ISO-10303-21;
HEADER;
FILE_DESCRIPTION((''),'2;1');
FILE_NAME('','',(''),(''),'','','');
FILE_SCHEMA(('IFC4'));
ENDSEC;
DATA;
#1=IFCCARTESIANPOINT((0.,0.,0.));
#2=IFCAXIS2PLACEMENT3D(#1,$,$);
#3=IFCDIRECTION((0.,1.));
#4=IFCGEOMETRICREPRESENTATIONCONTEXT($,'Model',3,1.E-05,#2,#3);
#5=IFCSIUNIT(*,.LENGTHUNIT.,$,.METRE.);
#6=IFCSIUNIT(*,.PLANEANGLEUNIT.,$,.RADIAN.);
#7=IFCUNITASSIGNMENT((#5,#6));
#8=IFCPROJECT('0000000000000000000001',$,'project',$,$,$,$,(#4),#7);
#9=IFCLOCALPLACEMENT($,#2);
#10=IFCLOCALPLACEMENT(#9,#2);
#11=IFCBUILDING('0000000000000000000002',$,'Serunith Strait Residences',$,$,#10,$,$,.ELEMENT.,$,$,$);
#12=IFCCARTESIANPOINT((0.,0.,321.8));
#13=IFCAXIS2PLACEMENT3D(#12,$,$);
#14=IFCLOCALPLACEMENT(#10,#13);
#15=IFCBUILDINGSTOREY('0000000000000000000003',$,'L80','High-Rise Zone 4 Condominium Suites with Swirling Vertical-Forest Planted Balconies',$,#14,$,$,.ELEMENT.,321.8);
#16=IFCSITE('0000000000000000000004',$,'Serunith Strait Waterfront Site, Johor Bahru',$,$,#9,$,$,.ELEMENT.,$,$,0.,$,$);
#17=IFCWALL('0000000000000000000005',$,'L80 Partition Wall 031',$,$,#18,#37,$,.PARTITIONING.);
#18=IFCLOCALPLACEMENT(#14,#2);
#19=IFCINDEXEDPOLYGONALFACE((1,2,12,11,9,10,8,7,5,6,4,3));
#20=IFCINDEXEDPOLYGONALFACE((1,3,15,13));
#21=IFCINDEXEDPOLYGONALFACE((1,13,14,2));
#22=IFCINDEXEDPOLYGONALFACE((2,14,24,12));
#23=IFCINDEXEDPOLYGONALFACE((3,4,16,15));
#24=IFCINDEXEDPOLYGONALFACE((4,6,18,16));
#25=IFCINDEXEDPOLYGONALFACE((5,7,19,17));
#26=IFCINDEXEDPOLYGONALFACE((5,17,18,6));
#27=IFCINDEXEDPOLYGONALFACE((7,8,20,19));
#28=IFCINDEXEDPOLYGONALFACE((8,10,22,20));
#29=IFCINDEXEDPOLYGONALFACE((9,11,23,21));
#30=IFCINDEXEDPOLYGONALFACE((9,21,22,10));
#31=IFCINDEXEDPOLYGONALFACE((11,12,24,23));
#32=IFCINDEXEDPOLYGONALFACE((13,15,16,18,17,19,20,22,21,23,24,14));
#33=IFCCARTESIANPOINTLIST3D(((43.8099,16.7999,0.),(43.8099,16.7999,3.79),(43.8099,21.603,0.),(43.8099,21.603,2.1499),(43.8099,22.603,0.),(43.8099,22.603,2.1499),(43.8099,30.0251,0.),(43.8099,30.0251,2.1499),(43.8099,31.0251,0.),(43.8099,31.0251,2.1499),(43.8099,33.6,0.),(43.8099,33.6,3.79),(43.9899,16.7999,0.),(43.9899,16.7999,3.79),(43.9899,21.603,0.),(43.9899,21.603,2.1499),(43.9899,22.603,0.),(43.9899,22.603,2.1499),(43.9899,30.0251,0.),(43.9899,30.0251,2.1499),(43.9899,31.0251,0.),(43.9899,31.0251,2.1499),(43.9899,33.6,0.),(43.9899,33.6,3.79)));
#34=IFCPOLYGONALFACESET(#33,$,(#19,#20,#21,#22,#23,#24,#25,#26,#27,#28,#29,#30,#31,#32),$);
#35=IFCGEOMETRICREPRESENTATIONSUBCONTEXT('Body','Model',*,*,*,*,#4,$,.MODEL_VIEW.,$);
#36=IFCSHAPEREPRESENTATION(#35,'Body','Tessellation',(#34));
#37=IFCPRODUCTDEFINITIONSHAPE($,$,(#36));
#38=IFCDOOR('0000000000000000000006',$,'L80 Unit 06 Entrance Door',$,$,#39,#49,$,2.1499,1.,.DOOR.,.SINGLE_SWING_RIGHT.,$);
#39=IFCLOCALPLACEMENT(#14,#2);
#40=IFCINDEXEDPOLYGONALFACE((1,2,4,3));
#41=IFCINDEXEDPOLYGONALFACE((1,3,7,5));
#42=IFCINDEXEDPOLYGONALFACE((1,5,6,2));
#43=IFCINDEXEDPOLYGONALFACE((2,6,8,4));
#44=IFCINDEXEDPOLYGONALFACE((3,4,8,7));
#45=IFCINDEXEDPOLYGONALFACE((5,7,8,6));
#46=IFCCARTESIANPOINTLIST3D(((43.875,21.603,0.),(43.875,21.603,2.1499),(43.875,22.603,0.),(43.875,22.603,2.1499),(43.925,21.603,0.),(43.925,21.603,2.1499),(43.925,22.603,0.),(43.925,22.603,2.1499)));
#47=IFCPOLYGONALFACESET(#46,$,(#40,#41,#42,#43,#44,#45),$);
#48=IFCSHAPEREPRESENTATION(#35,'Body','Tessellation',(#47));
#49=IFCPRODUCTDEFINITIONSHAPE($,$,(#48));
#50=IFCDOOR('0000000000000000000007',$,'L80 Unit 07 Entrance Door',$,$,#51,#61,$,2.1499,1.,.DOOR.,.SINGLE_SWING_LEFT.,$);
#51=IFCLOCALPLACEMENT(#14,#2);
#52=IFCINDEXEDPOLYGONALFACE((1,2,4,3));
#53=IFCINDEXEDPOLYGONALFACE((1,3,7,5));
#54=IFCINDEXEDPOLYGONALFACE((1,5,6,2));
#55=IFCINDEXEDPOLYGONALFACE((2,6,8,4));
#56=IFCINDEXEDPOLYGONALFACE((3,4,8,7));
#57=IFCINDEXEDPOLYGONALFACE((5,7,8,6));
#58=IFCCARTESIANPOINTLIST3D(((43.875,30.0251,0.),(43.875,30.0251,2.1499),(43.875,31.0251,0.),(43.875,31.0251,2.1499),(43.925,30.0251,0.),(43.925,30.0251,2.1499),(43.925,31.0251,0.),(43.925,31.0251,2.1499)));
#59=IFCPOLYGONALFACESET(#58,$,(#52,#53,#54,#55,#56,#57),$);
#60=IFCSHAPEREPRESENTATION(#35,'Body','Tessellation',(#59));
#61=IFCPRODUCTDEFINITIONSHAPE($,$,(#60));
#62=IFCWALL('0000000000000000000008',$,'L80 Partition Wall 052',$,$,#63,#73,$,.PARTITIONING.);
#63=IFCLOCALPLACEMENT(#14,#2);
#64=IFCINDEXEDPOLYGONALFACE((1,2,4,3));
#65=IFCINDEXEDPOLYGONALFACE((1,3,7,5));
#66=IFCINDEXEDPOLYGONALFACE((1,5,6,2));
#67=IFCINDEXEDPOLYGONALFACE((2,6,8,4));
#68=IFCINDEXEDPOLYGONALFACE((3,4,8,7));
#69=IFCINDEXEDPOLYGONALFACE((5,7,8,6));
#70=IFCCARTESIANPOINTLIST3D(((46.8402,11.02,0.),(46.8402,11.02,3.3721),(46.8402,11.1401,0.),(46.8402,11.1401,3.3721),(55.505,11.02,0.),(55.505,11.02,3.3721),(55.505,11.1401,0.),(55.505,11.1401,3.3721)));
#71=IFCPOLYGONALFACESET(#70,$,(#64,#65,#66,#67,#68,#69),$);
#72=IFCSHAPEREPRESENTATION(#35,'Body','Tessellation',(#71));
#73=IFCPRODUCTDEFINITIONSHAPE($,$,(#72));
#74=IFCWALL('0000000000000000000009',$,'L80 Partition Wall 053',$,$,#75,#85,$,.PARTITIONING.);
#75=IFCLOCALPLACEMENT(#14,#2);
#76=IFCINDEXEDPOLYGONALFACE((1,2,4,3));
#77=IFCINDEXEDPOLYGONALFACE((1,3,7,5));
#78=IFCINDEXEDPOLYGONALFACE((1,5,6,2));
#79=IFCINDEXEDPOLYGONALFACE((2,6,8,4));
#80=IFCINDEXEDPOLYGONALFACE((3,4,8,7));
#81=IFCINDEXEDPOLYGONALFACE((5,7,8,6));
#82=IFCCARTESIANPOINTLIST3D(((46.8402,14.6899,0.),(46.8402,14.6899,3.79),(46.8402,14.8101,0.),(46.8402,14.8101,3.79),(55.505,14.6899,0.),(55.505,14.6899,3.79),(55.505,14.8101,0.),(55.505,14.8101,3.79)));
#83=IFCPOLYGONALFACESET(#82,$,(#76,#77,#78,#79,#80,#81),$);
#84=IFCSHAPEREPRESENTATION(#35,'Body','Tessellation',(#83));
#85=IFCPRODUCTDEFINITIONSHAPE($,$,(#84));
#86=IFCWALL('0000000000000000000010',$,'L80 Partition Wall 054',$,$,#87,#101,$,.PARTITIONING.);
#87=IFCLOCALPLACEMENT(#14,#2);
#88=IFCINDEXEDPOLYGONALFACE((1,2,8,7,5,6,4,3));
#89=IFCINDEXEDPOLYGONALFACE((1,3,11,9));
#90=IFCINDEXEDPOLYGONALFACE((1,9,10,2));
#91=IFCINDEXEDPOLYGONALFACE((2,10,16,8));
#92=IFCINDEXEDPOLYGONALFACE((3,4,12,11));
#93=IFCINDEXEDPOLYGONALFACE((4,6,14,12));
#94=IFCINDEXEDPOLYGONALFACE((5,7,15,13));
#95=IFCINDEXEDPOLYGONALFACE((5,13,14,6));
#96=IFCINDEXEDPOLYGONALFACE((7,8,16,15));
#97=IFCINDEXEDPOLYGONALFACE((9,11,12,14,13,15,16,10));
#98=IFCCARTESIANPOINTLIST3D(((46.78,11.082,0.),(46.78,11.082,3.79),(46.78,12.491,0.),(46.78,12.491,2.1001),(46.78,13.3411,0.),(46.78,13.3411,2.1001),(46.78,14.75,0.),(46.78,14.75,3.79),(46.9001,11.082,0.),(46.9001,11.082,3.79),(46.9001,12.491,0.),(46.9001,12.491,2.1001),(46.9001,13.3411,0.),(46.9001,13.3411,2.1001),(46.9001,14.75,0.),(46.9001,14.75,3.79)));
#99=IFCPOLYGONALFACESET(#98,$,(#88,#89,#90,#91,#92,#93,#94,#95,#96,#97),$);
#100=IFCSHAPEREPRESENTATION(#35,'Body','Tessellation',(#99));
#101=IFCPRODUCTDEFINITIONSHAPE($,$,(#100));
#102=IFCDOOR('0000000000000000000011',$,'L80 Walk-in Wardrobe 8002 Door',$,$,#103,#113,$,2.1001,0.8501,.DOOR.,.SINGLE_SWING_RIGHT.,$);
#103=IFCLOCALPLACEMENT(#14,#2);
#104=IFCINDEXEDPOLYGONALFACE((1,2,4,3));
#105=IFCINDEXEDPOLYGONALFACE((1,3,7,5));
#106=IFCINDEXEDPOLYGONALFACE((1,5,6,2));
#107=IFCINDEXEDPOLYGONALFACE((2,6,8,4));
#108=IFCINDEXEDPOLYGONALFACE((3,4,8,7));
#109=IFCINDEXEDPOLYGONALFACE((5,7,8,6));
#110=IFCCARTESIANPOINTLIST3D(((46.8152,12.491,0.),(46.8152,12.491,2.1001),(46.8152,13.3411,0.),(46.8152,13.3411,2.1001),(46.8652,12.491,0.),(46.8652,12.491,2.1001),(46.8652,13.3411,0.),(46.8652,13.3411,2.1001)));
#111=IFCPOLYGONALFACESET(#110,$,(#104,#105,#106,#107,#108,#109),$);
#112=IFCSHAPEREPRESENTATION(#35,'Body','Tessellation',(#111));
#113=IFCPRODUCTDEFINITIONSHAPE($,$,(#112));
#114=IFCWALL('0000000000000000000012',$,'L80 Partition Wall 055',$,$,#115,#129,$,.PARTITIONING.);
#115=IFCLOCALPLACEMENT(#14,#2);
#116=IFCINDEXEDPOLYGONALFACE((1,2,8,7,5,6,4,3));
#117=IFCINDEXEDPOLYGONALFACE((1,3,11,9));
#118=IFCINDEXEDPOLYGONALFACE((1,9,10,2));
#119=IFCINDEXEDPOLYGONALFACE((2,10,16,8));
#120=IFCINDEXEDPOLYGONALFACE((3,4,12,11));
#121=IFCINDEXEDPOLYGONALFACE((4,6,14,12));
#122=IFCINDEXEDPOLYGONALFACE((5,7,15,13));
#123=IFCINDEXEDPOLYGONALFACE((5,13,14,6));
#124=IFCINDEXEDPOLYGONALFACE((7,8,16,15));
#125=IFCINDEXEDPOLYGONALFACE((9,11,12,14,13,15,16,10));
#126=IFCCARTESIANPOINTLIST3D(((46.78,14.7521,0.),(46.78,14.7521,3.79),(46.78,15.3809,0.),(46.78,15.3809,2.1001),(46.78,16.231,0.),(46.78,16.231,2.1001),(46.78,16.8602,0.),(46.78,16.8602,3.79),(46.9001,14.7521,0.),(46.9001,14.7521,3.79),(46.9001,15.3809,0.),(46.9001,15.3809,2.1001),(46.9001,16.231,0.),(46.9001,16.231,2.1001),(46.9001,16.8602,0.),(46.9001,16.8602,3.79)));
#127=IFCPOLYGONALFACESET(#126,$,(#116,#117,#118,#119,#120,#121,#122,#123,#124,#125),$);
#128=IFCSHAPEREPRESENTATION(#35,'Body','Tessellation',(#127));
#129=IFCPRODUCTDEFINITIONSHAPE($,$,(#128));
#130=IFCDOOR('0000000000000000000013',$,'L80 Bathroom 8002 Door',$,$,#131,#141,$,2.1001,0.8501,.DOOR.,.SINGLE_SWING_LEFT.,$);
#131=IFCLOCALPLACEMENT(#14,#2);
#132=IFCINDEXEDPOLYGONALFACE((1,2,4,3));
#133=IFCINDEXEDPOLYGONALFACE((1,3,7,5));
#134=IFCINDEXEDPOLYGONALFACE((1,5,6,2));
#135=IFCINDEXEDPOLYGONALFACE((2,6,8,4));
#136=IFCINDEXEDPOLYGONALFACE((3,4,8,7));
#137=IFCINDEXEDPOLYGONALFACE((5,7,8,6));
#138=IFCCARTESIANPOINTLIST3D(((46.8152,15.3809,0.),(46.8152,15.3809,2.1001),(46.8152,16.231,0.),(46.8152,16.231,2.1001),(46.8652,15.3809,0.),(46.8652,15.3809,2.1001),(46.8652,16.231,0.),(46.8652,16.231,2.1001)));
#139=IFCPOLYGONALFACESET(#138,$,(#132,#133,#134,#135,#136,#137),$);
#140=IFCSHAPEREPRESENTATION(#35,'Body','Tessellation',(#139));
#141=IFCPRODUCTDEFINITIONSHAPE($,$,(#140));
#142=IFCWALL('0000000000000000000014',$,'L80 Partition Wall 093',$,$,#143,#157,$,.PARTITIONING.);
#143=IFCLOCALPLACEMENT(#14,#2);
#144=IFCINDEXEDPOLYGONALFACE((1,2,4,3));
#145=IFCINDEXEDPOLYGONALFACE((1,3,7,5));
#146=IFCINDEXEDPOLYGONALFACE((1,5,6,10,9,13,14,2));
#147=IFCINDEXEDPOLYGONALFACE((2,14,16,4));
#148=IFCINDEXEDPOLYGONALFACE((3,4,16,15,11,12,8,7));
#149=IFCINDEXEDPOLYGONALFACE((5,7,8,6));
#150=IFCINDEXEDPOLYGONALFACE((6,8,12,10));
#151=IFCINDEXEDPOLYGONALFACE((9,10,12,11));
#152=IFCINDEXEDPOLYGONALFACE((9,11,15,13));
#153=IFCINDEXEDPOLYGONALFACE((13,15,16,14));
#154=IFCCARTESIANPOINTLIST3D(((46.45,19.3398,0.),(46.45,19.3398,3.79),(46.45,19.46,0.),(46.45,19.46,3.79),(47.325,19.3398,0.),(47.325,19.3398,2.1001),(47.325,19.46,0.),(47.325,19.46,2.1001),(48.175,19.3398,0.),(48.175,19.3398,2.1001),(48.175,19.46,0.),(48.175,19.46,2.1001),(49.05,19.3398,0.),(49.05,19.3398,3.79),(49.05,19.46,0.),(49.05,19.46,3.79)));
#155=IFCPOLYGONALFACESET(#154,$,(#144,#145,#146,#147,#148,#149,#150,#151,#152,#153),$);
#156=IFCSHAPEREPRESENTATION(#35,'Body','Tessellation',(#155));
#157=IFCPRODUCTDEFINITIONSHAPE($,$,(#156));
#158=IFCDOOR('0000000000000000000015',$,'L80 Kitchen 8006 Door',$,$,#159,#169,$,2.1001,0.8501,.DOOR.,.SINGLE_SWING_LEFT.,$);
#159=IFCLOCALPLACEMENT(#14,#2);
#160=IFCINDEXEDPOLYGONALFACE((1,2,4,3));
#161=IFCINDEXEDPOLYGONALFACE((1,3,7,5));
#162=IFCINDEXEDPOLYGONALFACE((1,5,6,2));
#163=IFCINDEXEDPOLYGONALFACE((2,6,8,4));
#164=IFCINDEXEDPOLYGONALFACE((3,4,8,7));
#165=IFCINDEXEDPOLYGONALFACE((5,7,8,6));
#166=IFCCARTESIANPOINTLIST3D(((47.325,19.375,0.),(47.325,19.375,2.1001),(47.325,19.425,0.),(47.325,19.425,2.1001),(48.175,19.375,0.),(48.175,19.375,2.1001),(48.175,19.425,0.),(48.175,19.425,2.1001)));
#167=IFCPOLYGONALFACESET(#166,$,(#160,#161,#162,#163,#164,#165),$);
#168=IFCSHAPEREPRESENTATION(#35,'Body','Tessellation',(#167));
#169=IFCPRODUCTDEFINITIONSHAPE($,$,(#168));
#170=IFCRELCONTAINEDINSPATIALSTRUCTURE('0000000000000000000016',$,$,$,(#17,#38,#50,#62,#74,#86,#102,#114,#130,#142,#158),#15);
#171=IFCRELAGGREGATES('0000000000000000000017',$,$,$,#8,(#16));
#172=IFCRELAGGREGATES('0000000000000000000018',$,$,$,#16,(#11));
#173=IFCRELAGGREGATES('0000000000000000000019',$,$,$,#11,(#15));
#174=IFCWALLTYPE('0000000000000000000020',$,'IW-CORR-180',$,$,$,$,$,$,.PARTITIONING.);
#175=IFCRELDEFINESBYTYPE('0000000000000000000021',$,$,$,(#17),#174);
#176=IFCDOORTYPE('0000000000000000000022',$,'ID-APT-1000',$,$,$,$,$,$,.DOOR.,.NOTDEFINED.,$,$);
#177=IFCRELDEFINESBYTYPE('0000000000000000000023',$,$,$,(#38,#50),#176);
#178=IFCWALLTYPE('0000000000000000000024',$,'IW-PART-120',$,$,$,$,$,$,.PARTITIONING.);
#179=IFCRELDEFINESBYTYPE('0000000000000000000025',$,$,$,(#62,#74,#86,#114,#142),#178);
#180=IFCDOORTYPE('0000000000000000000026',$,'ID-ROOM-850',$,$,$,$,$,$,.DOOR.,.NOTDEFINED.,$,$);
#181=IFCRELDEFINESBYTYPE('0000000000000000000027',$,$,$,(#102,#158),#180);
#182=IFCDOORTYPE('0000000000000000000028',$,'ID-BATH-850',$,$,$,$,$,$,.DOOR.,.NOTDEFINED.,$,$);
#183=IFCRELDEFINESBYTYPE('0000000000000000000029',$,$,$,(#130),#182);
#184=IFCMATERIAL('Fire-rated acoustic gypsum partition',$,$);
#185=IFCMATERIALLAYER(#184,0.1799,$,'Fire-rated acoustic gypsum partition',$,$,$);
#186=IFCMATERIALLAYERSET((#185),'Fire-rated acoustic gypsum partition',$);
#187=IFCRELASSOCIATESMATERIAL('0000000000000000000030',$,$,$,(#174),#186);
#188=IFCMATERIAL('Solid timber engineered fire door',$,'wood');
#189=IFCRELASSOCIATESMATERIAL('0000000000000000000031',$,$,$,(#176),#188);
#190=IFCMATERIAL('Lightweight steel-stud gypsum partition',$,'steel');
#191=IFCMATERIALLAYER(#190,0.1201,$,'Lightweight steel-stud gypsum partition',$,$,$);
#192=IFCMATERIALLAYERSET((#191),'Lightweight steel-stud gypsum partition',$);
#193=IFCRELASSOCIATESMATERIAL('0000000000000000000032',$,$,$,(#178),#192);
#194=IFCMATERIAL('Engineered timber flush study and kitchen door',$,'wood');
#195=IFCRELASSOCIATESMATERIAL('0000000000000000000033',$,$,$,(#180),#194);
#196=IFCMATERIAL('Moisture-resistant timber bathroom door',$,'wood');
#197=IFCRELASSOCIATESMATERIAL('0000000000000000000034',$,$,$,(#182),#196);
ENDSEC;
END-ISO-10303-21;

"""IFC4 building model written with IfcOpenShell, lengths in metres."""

from ifc_helpers import new_model, si_unit, direction, frame, frame_2d, origin, place, context, subcontext, project, spatial, rectangle, extrude, source, transform, mapped, material, layer, layer_set, type_object, element, fill, save


model = new_model("IFC4")

# Units and contexts
model_context = context("Model", 3, precision=1e-05, world=origin(), true_north=direction((0.0, 1.0)))
body_context = subcontext(model_context, "Body", "Model", "MODEL_VIEW")
ifc_project = project(units=[si_unit("LENGTHUNIT", "METRE"), si_unit("PLANEANGLEUNIT", "RADIAN")], contexts=[model_context])

# Site, building, storey
site_placement = place(None, origin())
site = spatial("IfcSite", under=ifc_project, at=site_placement, Name="Serunith Strait Waterfront Site, Johor Bahru", CompositionType="ELEMENT", RefElevation=0.0)
building_placement = place(site_placement, origin())
building = spatial("IfcBuilding", under=site, at=building_placement, Name="Serunith Strait Residences", CompositionType="ELEMENT")
storey_placement = place(building_placement, frame((0.0, 0.0, 321.8)))
storey = spatial("IfcBuildingStorey", under=building, at=storey_placement, Name="L80", Description="High-Rise Zone 4 Condominium Suites with Swirling Vertical-Forest Planted Balconies", CompositionType="ELEMENT", Elevation=321.8)

# Wall, openings, doors
ifc_material_1 = material(Name="Fire-rated acoustic gypsum partition")
ifc_layer_1 = layer(ifc_material_1, 0.1799, Name="Fire-rated acoustic gypsum partition")
ifc_layer_set_1 = layer_set([ifc_layer_1], Name="Fire-rated acoustic gypsum partition")
wall_type_1 = type_object("IfcWallType", Name="IW-CORR-180", PredefinedType="PARTITIONING", material=ifc_layer_set_1)
wall_1_placement = place(storey_placement, frame((43.8999, 16.8, 0.0), z_axis=(0.0, 0.0, 1.0), x_axis=(0.0, 1.0, 0.0)))
wall_1 = element("IfcWall", 1, at=wall_1_placement, inside=storey, type_object=wall_type_1, Name="L80 Partition Wall 031", PredefinedType="PARTITIONING", context=body_context, shape_type="SweptSolid", body=[
    extrude(rectangle(XDim=16.8, YDim=0.1799, at=frame_2d((8.3999, 0.0))), origin(), (0.0, 0.0, 1.0), 3.79),
])
opening_1_placement = place(wall_1_placement, frame((4.803, 0.0, 0.0)))
opening_1 = element("IfcOpeningElement", 2, at=opening_1_placement, cuts=wall_1, PredefinedType="OPENING", context=body_context, shape_type="SweptSolid", body=[
    extrude(rectangle(XDim=1.0, YDim=2.1499, at=frame_2d((0.5, 1.075))), frame((0.0, 0.1001, 0.0), z_axis=(0.0, -1.0, 0.0), x_axis=(1.0, 0.0, 0.0)), (0.0, 0.0, 1.0), 0.2),
])
opening_2_placement = place(wall_1_placement, frame((13.2251, 0.0, 0.0)))
opening_2 = element("IfcOpeningElement", 3, at=opening_2_placement, cuts=wall_1, PredefinedType="OPENING", context=body_context, shape_type="SweptSolid", body=[
    extrude(rectangle(XDim=1.0, YDim=2.1499, at=frame_2d((0.5, 1.075))), frame((0.0, 0.1001, 0.0), z_axis=(0.0, -1.0, 0.0), x_axis=(1.0, 0.0, 0.0)), (0.0, 0.0, 1.0), 0.2),
])
ifc_material_2 = material(Name="Solid timber engineered fire door", Category="wood")
door_type_1 = type_object("IfcDoorType", Name="ID-APT-1000", OperationType="NOTDEFINED", PredefinedType="DOOR", material=ifc_material_2)
shared_shape_1 = source(origin(), body_context, "Body", "SweptSolid", [
    extrude(rectangle(XDim=1.0, YDim=2.1499, at=frame_2d((0.5, 1.075))), frame((0.0, 0.0249, 0.0), z_axis=(0.0, -1.0, 0.0), x_axis=(1.0, 0.0, 0.0)), (0.0, 0.0, 1.0), 0.05),
])
door_1_placement = place(opening_1_placement, origin())
door_1 = element("IfcDoor", 4, at=door_1_placement, inside=storey, type_object=door_type_1, Name="L80 Unit 06 Entrance Door", OperationType="SINGLE_SWING_RIGHT", OverallHeight=2.1499, OverallWidth=1.0, PredefinedType="DOOR", context=body_context, shape_type="MappedRepresentation", body=[
    mapped(shared_shape_1, transform((0.0, 0.0, 0.0), scale=1.0)),
])
fill(opening_1, door_1)
door_2_placement = place(opening_2_placement, origin())
door_2 = element("IfcDoor", 5, at=door_2_placement, inside=storey, type_object=door_type_1, Name="L80 Unit 07 Entrance Door", OperationType="SINGLE_SWING_LEFT", OverallHeight=2.1499, OverallWidth=1.0, PredefinedType="DOOR", context=body_context, shape_type="MappedRepresentation", body=[
    mapped(shared_shape_1, transform((0.0, 0.0, 0.0), scale=1.0)),
])
fill(opening_2, door_2)

# Walls
ifc_material_3 = material(Name="Lightweight steel-stud gypsum partition", Category="steel")
ifc_layer_2 = layer(ifc_material_3, 0.1201, Name="Lightweight steel-stud gypsum partition")
ifc_layer_set_2 = layer_set([ifc_layer_2], Name="Lightweight steel-stud gypsum partition")
wall_type_2 = type_object("IfcWallType", Name="IW-PART-120", PredefinedType="PARTITIONING", material=ifc_layer_set_2)
wall_2_placement = place(storey_placement, frame((46.8401, 11.0801, 0.0), z_axis=(0.0, 0.0, 1.0), x_axis=(1.0, 0.0, 0.0)))
element("IfcWall", 6, at=wall_2_placement, inside=storey, type_object=wall_type_2, Name="L80 Partition Wall 052", PredefinedType="PARTITIONING", context=body_context, shape_type="SweptSolid", body=[
    extrude(rectangle(XDim=8.6648, YDim=0.1201, at=frame_2d((4.3325, 0.0))), origin(), (0.0, 0.0, 1.0), 3.3721),
])
wall_3_placement = place(storey_placement, frame((46.8401, 14.75, 0.0), z_axis=(0.0, 0.0, 1.0), x_axis=(1.0, 0.0, 0.0)))
element("IfcWall", 7, at=wall_3_placement, inside=storey, type_object=wall_type_2, Name="L80 Partition Wall 053", PredefinedType="PARTITIONING", context=body_context, shape_type="SweptSolid", body=[
    extrude(rectangle(XDim=8.6648, YDim=0.1201, at=frame_2d((4.3325, 0.0))), origin(), (0.0, 0.0, 1.0), 3.79),
])

# Walls, openings, doors
wall_4_placement = place(storey_placement, frame((46.8401, 11.082, 0.0), z_axis=(0.0, 0.0, 1.0), x_axis=(0.0, 1.0, 0.0)))
wall_4 = element("IfcWall", 8, at=wall_4_placement, inside=storey, type_object=wall_type_2, Name="L80 Partition Wall 054", PredefinedType="PARTITIONING", context=body_context, shape_type="SweptSolid", body=[
    extrude(rectangle(XDim=3.668, YDim=0.1201, at=frame_2d((1.834, 0.0))), origin(), (0.0, 0.0, 1.0), 3.79),
])
opening_3_placement = place(wall_4_placement, frame((1.4089, 0.0, 0.0)))
opening_3 = element("IfcOpeningElement", 9, at=opening_3_placement, cuts=wall_4, PredefinedType="OPENING", context=body_context, shape_type="SweptSolid", body=[
    extrude(rectangle(XDim=0.8501, YDim=2.1001, at=frame_2d((0.425, 1.05))), frame((0.0, 0.0701, 0.0), z_axis=(0.0, -1.0, 0.0), x_axis=(1.0, 0.0, 0.0)), (0.0, 0.0, 1.0), 0.1401),
])
ifc_material_4 = material(Name="Engineered timber flush study and kitchen door", Category="wood")
door_type_2 = type_object("IfcDoorType", Name="ID-ROOM-850", OperationType="NOTDEFINED", PredefinedType="DOOR", material=ifc_material_4)
shared_shape_2 = source(origin(), body_context, "Body", "SweptSolid", [
    extrude(rectangle(XDim=0.8501, YDim=2.1001, at=frame_2d((0.425, 1.05))), frame((0.0, 0.0249, 0.0), z_axis=(0.0, -1.0, 0.0), x_axis=(1.0, 0.0, 0.0)), (0.0, 0.0, 1.0), 0.05),
])
door_3_placement = place(opening_3_placement, origin())
door_3 = element("IfcDoor", 10, at=door_3_placement, inside=storey, type_object=door_type_2, Name="L80 Walk-in Wardrobe 8002 Door", OperationType="SINGLE_SWING_RIGHT", OverallHeight=2.1001, OverallWidth=0.8501, PredefinedType="DOOR", context=body_context, shape_type="MappedRepresentation", body=[
    mapped(shared_shape_2, transform((0.0, 0.0, 0.0), scale=1.0)),
])
fill(opening_3, door_3)
wall_5_placement = place(storey_placement, frame((46.8401, 14.752, 0.0), z_axis=(0.0, 0.0, 1.0), x_axis=(0.0, 1.0, 0.0)))
wall_5 = element("IfcWall", 11, at=wall_5_placement, inside=storey, type_object=wall_type_2, Name="L80 Partition Wall 055", PredefinedType="PARTITIONING", context=body_context, shape_type="SweptSolid", body=[
    extrude(rectangle(XDim=2.1082, YDim=0.1201, at=frame_2d((1.0542, 0.0))), origin(), (0.0, 0.0, 1.0), 3.79),
])
opening_4_placement = place(wall_5_placement, frame((0.6289, 0.0, 0.0)))
opening_4 = element("IfcOpeningElement", 12, at=opening_4_placement, cuts=wall_5, PredefinedType="OPENING", context=body_context, shape_type="SweptSolid", body=[
    extrude(rectangle(XDim=0.8501, YDim=2.1001, at=frame_2d((0.425, 1.05))), frame((0.0, 0.0701, 0.0), z_axis=(0.0, -1.0, 0.0), x_axis=(1.0, 0.0, 0.0)), (0.0, 0.0, 1.0), 0.1401),
])
ifc_material_5 = material(Name="Moisture-resistant timber bathroom door", Category="wood")
door_type_3 = type_object("IfcDoorType", Name="ID-BATH-850", OperationType="NOTDEFINED", PredefinedType="DOOR", material=ifc_material_5)
door_4_placement = place(opening_4_placement, origin())
door_4 = element("IfcDoor", 13, at=door_4_placement, inside=storey, type_object=door_type_3, Name="L80 Bathroom 8002 Door", OperationType="SINGLE_SWING_LEFT", OverallHeight=2.1001, OverallWidth=0.8501, PredefinedType="DOOR", context=body_context, shape_type="MappedRepresentation", body=[
    mapped(shared_shape_2, transform((0.0, 0.0, 0.0), scale=1.0)),
])
fill(opening_4, door_4)
wall_6_placement = place(storey_placement, frame((49.05, 19.3999, 0.0), z_axis=(0.0, 0.0, 1.0), x_axis=(-1.0, 0.0, 0.0)))
wall_6 = element("IfcWall", 14, at=wall_6_placement, inside=storey, type_object=wall_type_2, Name="L80 Partition Wall 093", PredefinedType="PARTITIONING", context=body_context, shape_type="SweptSolid", body=[
    extrude(rectangle(XDim=2.6001, YDim=0.1201, at=frame_2d((1.3, 0.0))), origin(), (0.0, 0.0, 1.0), 3.79),
])
opening_5_placement = place(wall_6_placement, frame((0.875, 0.0, 0.0)))
opening_5 = element("IfcOpeningElement", 15, at=opening_5_placement, cuts=wall_6, PredefinedType="OPENING", context=body_context, shape_type="SweptSolid", body=[
    extrude(rectangle(XDim=0.8501, YDim=2.1001, at=frame_2d((0.425, 1.05))), frame((0.0, 0.0701, 0.0), z_axis=(0.0, -1.0, 0.0), x_axis=(1.0, 0.0, 0.0)), (0.0, 0.0, 1.0), 0.1401),
])
door_5_placement = place(opening_5_placement, origin())
door_5 = element("IfcDoor", 16, at=door_5_placement, inside=storey, type_object=door_type_2, Name="L80 Kitchen 8006 Door", OperationType="SINGLE_SWING_LEFT", OverallHeight=2.1001, OverallWidth=0.8501, PredefinedType="DOOR", context=body_context, shape_type="MappedRepresentation", body=[
    mapped(shared_shape_2, transform((0.0, 0.0, 0.0), scale=1.0)),
])
fill(opening_5, door_5)

save(model, "model.ifc")
